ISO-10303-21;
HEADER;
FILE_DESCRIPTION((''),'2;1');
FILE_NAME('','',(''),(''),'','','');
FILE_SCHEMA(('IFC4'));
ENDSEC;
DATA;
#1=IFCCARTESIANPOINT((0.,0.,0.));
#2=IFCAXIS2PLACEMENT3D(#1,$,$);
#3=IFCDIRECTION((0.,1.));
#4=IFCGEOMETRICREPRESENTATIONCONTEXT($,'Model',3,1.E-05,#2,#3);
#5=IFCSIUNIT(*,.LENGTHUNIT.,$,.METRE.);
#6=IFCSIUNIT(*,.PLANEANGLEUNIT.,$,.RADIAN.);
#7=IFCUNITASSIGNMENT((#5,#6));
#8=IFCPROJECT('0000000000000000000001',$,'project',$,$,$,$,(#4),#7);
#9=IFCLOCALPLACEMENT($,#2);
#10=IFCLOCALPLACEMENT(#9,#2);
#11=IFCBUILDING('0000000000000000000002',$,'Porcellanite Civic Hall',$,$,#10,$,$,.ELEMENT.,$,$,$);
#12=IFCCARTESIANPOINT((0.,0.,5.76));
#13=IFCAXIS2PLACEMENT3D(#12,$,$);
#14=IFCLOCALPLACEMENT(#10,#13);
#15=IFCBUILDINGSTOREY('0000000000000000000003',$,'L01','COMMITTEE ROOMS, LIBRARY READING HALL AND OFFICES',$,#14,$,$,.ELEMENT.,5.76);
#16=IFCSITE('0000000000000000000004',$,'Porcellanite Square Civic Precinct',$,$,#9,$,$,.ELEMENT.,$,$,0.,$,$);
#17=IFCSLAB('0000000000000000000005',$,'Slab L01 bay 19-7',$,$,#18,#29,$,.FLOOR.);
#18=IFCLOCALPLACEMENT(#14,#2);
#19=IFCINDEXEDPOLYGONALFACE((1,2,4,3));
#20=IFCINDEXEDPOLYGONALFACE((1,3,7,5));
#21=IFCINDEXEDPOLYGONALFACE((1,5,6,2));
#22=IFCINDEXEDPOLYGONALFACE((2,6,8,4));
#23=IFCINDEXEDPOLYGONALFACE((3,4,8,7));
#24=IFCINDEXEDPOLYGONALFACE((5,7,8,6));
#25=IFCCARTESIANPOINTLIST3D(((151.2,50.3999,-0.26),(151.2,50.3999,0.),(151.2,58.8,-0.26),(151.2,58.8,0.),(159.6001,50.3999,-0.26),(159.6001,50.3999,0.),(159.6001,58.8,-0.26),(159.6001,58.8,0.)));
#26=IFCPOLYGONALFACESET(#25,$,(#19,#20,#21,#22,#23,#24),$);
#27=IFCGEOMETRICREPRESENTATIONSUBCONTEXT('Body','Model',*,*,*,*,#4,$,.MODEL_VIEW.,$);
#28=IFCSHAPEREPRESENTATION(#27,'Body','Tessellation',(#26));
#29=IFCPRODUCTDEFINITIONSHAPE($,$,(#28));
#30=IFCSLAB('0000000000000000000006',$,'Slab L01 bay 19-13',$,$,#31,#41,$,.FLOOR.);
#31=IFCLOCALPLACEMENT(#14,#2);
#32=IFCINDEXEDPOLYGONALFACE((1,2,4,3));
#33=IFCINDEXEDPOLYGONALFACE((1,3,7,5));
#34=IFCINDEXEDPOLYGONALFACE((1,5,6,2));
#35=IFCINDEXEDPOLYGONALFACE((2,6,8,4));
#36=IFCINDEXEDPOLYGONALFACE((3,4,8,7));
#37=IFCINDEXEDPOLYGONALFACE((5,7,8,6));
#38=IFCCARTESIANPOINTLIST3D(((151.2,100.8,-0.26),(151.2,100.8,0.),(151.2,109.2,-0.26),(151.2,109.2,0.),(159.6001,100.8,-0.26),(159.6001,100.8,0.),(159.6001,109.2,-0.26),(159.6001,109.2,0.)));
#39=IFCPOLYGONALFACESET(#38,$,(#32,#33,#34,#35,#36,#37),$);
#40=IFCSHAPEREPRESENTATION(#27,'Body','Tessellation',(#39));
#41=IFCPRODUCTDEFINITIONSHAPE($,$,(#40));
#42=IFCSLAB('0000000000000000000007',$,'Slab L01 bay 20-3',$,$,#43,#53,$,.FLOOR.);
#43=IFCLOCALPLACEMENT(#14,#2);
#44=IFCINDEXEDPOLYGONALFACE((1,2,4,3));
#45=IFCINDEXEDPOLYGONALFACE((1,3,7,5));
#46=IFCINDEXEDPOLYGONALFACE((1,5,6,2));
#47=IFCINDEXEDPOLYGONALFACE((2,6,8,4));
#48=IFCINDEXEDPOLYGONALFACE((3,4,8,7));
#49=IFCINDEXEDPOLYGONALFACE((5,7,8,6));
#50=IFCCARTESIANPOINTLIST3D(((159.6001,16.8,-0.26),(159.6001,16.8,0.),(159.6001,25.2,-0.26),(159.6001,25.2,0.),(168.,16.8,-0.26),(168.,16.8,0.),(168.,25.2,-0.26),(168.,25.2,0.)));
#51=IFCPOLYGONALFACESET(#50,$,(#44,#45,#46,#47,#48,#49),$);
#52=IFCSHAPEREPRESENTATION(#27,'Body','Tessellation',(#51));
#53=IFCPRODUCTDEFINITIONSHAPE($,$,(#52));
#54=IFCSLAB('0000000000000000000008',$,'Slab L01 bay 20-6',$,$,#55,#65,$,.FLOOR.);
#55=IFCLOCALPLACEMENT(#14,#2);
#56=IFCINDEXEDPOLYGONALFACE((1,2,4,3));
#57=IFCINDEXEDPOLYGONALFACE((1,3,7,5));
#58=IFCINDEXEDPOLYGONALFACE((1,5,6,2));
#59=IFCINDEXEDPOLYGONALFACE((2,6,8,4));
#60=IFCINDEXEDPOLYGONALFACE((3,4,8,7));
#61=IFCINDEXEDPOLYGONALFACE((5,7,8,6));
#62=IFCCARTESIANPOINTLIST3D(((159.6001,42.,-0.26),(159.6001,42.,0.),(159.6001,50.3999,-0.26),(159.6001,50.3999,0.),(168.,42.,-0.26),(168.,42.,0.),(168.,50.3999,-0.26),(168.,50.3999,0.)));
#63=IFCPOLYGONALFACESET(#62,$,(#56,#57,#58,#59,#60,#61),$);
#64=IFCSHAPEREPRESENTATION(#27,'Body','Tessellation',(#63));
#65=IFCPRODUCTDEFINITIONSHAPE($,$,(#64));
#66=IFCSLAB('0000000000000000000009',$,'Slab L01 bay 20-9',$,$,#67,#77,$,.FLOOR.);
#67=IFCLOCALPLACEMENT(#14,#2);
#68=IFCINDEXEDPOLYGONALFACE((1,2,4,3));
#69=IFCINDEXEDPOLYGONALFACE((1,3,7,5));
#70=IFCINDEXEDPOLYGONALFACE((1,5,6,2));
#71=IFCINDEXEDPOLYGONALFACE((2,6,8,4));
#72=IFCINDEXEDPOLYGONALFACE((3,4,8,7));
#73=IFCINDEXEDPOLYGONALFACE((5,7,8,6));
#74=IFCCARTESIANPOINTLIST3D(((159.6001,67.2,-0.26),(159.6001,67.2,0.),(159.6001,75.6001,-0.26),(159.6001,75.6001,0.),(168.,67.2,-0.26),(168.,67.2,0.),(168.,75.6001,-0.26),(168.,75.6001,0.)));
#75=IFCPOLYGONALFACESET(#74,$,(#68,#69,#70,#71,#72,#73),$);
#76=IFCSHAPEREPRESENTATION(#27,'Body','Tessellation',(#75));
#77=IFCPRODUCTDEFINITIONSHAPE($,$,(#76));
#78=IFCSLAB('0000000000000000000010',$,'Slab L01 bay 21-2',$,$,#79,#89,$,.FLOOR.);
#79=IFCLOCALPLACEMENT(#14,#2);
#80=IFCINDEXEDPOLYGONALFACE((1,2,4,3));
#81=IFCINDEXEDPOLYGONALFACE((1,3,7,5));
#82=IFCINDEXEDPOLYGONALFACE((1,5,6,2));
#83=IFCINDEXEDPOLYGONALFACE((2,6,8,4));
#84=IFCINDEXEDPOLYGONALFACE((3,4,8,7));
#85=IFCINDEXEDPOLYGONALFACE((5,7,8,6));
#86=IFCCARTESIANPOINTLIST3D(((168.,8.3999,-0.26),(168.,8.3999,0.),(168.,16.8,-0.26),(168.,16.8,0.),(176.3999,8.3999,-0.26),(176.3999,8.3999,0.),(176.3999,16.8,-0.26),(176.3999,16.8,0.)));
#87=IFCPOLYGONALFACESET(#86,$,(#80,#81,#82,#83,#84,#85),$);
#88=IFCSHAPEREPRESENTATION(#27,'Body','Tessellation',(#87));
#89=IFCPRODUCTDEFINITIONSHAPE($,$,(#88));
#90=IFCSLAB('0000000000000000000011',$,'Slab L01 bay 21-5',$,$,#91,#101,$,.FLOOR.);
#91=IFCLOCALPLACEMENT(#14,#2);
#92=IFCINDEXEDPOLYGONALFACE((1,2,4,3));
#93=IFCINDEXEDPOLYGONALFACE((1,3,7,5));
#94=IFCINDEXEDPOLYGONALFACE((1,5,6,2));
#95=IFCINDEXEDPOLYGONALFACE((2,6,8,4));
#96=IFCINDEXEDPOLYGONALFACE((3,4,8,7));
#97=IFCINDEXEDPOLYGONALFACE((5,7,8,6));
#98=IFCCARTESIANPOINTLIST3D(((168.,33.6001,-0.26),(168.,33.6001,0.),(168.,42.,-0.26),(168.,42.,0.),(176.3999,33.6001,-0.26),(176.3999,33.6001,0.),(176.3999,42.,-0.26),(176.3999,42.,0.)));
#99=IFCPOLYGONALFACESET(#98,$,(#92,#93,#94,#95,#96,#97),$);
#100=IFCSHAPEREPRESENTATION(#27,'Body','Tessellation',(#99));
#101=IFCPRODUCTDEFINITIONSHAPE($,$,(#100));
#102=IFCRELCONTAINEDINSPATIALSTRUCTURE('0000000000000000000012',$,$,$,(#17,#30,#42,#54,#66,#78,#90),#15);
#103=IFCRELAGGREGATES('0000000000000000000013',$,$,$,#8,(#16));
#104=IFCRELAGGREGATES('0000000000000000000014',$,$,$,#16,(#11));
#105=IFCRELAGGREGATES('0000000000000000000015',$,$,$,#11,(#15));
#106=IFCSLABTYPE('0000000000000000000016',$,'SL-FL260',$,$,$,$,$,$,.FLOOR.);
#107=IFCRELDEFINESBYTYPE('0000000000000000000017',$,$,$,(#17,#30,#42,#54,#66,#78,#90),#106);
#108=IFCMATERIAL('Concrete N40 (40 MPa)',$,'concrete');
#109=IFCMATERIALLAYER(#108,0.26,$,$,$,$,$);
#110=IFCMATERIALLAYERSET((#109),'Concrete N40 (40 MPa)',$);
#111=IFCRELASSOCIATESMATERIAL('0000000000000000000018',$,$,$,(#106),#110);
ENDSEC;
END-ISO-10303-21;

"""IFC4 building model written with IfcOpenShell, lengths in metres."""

from ifc_helpers import new_model, si_unit, direction, frame, origin, place, context, subcontext, project, spatial, polyline, outline, extrude, material, layer, layer_set, type_object, element, save


model = new_model("IFC4")

# Units and contexts
model_context = context("Model", 3, precision=1e-05, world=origin(), true_north=direction((0.0, 1.0)))
body_context = subcontext(model_context, "Body", "Model", "MODEL_VIEW")
ifc_project = project(units=[si_unit("LENGTHUNIT", "METRE"), si_unit("PLANEANGLEUNIT", "RADIAN")], contexts=[model_context])

# Site, building, storey
site_placement = place(None, origin())
site = spatial("IfcSite", under=ifc_project, at=site_placement, Name="Porcellanite Square Civic Precinct", CompositionType="ELEMENT", RefElevation=0.0)
building_placement = place(site_placement, origin())
building = spatial("IfcBuilding", under=site, at=building_placement, Name="Porcellanite Civic Hall", CompositionType="ELEMENT")
storey_placement = place(building_placement, frame((0.0, 0.0, 5.76)))
storey = spatial("IfcBuildingStorey", under=building, at=storey_placement, Name="L01", Description="COMMITTEE ROOMS, LIBRARY READING HALL AND OFFICES", CompositionType="ELEMENT", Elevation=5.76)

# Slabs
ifc_material_1 = material(Name="Concrete N40 (40 MPa)", Category="concrete")
ifc_layer_1 = layer(ifc_material_1, 0.26)
ifc_layer_set_1 = layer_set([ifc_layer_1], Name="Concrete N40 (40 MPa)")
slab_type_1 = type_object("IfcSlabType", Name="SL-FL260", PredefinedType="FLOOR", material=ifc_layer_set_1)
slab_1_placement = place(storey_placement, frame((0.0, 0.0, -0.26)))
element("IfcSlab", 1, at=slab_1_placement, inside=storey, type_object=slab_type_1, Name="Slab L01 bay 19-7", PredefinedType="FLOOR", context=body_context, shape_type="SweptSolid", body=[
    extrude(outline(polyline([(151.2, 50.3999), (159.6001, 50.3999), (159.6001, 58.8), (151.2, 58.8), (151.2, 50.3999)])), origin(), (0.0, 0.0, 1.0), 0.26),
])
slab_2_placement = place(storey_placement, frame((0.0, 0.0, -0.26)))
element("IfcSlab", 2, at=slab_2_placement, inside=storey, type_object=slab_type_1, Name="Slab L01 bay 19-13", PredefinedType="FLOOR", context=body_context, shape_type="SweptSolid", body=[
    extrude(outline(polyline([(151.2, 100.8), (159.6001, 100.8), (159.6001, 109.2), (151.2, 109.2), (151.2, 100.8)])), origin(), (0.0, 0.0, 1.0), 0.26),
])
slab_3_placement = place(storey_placement, frame((0.0, 0.0, -0.26)))
element("IfcSlab", 3, at=slab_3_placement, inside=storey, type_object=slab_type_1, Name="Slab L01 bay 20-3", PredefinedType="FLOOR", context=body_context, shape_type="SweptSolid", body=[
    extrude(outline(polyline([(159.6001, 16.8), (168.0, 16.8), (168.0, 25.2), (159.6001, 25.2), (159.6001, 16.8)])), origin(), (0.0, 0.0, 1.0), 0.26),
])
slab_4_placement = place(storey_placement, frame((0.0, 0.0, -0.26)))
element("IfcSlab", 4, at=slab_4_placement, inside=storey, type_object=slab_type_1, Name="Slab L01 bay 20-6", PredefinedType="FLOOR", context=body_context, shape_type="SweptSolid", body=[
    extrude(outline(polyline([(159.6001, 42.0), (168.0, 42.0), (168.0, 50.3999), (159.6001, 50.3999), (159.6001, 42.0)])), origin(), (0.0, 0.0, 1.0), 0.26),
])
slab_5_placement = place(storey_placement, frame((0.0, 0.0, -0.26)))
element("IfcSlab", 5, at=slab_5_placement, inside=storey, type_object=slab_type_1, Name="Slab L01 bay 20-9", PredefinedType="FLOOR", context=body_context, shape_type="SweptSolid", body=[
    extrude(outline(polyline([(159.6001, 67.2), (168.0, 67.2), (168.0, 75.6001), (159.6001, 75.6001), (159.6001, 67.2)])), origin(), (0.0, 0.0, 1.0), 0.26),
])
slab_6_placement = place(storey_placement, frame((0.0, 0.0, -0.26)))
element("IfcSlab", 6, at=slab_6_placement, inside=storey, type_object=slab_type_1, Name="Slab L01 bay 21-2", PredefinedType="FLOOR", context=body_context, shape_type="SweptSolid", body=[
    extrude(outline(polyline([(168.0, 8.3999), (176.3999, 8.3999), (176.3999, 16.8), (168.0, 16.8), (168.0, 8.3999)])), origin(), (0.0, 0.0, 1.0), 0.26),
])
slab_7_placement = place(storey_placement, frame((0.0, 0.0, -0.26)))
element("IfcSlab", 7, at=slab_7_placement, inside=storey, type_object=slab_type_1, Name="Slab L01 bay 21-5", PredefinedType="FLOOR", context=body_context, shape_type="SweptSolid", body=[
    extrude(outline(polyline([(168.0, 33.6001), (176.3999, 33.6001), (176.3999, 42.0), (168.0, 42.0), (168.0, 33.6001)])), origin(), (0.0, 0.0, 1.0), 0.26),
])

save(model, "model.ifc")
